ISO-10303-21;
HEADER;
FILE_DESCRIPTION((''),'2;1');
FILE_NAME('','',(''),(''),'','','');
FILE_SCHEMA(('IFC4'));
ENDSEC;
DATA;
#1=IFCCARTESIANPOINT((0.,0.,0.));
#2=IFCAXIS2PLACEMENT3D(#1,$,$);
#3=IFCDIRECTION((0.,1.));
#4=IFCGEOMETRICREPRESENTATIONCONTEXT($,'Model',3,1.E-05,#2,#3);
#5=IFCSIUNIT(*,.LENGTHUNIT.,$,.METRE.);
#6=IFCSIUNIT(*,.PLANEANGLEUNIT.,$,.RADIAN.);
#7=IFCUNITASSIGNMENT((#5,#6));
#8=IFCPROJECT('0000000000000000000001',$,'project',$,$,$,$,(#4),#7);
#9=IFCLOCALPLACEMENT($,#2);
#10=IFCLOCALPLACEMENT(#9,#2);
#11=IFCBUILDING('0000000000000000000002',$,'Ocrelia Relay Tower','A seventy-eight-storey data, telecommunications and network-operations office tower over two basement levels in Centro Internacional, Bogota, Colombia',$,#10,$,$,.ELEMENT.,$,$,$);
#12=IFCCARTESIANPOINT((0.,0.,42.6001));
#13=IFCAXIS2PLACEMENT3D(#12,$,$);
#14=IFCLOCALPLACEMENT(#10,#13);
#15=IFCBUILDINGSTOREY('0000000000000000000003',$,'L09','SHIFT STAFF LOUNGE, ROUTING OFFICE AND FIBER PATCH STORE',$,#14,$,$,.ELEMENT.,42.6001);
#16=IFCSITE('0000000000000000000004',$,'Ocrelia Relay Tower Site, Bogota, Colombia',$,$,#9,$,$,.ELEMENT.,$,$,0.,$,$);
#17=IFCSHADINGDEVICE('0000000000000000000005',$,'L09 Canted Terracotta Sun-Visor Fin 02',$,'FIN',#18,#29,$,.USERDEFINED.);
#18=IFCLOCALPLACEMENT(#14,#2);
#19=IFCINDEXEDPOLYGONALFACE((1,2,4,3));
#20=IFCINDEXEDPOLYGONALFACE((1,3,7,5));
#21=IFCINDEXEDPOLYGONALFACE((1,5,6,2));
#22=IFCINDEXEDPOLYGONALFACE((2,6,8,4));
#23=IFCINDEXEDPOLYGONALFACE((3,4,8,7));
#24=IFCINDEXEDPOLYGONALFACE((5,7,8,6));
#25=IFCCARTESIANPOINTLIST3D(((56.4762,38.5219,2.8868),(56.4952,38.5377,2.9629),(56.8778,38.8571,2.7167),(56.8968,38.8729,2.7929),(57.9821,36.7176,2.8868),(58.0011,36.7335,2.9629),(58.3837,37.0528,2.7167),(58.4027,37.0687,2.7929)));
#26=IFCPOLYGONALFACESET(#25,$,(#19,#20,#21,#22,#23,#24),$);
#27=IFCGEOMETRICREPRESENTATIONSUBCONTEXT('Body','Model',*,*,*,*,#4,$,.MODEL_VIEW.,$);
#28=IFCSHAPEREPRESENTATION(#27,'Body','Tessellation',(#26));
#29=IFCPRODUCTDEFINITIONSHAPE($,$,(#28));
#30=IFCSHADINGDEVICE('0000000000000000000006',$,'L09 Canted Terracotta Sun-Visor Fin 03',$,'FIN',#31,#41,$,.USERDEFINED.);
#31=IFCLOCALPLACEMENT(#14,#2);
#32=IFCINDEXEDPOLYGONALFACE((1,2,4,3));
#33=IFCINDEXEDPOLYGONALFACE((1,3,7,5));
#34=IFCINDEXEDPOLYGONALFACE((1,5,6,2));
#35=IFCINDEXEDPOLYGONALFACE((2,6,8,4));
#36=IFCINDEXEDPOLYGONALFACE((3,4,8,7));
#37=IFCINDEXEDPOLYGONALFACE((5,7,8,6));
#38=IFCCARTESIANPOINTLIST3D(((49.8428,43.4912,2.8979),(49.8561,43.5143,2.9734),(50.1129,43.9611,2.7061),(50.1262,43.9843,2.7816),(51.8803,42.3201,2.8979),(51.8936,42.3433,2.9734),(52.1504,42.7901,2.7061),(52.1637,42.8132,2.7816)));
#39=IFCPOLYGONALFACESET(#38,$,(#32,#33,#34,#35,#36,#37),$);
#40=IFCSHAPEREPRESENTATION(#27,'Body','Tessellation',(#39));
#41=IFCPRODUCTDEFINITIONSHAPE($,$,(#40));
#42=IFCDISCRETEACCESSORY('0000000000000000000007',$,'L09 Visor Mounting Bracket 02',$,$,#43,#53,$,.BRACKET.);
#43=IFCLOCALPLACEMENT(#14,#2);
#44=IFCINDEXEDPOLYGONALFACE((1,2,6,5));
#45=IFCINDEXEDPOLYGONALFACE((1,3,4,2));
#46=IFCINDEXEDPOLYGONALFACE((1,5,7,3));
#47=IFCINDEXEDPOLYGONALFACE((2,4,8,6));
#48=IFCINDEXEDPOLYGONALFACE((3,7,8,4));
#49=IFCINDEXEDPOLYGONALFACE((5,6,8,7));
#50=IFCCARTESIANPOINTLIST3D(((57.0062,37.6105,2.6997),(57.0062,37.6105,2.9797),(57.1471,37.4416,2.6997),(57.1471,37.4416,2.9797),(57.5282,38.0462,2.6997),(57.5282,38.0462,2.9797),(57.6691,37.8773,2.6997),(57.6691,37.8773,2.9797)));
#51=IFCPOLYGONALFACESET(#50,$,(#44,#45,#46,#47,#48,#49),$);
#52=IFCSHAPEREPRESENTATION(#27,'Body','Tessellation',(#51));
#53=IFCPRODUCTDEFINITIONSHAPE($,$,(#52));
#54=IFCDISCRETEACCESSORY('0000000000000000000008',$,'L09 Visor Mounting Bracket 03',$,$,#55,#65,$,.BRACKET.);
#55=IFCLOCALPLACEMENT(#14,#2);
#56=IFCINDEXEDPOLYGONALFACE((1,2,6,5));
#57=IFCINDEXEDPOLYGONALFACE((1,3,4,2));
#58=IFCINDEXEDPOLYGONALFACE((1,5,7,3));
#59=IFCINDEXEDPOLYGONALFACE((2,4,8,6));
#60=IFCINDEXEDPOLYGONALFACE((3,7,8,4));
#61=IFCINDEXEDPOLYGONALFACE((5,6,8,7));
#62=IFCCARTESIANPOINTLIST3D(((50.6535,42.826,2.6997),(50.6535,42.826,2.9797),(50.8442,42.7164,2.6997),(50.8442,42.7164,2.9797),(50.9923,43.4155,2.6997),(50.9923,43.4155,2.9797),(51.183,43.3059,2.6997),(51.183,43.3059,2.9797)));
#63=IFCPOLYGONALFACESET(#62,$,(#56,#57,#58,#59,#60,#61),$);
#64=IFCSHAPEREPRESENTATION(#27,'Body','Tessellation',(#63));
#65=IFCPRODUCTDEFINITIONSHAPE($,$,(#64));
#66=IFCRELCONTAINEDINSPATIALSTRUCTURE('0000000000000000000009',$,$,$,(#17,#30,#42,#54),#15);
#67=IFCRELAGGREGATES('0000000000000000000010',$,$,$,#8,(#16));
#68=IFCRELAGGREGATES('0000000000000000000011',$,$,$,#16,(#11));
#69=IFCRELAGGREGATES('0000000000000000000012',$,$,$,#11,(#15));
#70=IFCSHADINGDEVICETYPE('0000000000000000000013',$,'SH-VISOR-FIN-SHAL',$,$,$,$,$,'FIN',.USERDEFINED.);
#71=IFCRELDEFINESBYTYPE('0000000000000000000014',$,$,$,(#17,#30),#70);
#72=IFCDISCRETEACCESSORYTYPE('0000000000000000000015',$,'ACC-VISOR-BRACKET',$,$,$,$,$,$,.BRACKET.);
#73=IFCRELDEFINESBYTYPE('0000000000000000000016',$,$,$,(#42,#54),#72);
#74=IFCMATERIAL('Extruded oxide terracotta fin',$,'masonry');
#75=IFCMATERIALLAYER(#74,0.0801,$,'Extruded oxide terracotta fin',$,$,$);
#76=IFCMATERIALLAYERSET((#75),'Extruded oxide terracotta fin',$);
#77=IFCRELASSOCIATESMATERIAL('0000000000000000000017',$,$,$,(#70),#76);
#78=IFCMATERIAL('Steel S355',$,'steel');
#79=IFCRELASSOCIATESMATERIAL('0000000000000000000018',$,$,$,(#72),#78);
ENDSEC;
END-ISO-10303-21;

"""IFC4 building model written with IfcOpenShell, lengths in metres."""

from ifc_helpers import new_model, si_unit, direction, frame, origin, origin_2d, place, context, subcontext, project, spatial, rectangle, extrude, material, layer, layer_set, type_object, element, save


model = new_model("IFC4")

# Units and contexts
model_context = context("Model", 3, precision=1e-05, world=origin(), true_north=direction((0.0, 1.0)))
body_context = subcontext(model_context, "Body", "Model", "MODEL_VIEW")
ifc_project = project(units=[si_unit("LENGTHUNIT", "METRE"), si_unit("PLANEANGLEUNIT", "RADIAN")], contexts=[model_context])

# Site, building, storey
site_placement = place(None, origin())
site = spatial("IfcSite", under=ifc_project, at=site_placement, Name="Ocrelia Relay Tower Site, Bogota, Colombia", CompositionType="ELEMENT", RefElevation=0.0)
building_placement = place(site_placement, origin())
building = spatial("IfcBuilding", under=site, at=building_placement, Name="Ocrelia Relay Tower", Description="A seventy-eight-storey data, telecommunications and network-operations office tower over two basement levels in Centro Internacional, Bogota, Colombia", CompositionType="ELEMENT")
storey_placement = place(building_placement, frame((0.0, 0.0, 42.6001)))
storey = spatial("IfcBuildingStorey", under=building, at=storey_placement, Name="L09", Description="SHIFT STAFF LOUNGE, ROUTING OFFICE AND FIBER PATCH STORE", CompositionType="ELEMENT", Elevation=42.6001)

# Shared definitions
ifc_material_1 = material(Name="Steel S355", Category="steel")

# Shading devices
ifc_material_2 = material(Name="Extruded oxide terracotta fin", Category="masonry")
ifc_layer_1 = layer(ifc_material_2, 0.0801, Name="Extruded oxide terracotta fin")
ifc_layer_set_1 = layer_set([ifc_layer_1], Name="Extruded oxide terracotta fin")
shading_device_type_1 = type_object("IfcShadingDeviceType", Name="SH-VISOR-FIN-SHAL", ElementType="FIN", PredefinedType="USERDEFINED", material=ifc_layer_set_1)
shading_device_1_placement = place(storey_placement, frame((57.4299, 37.7874, 2.8018), z_axis=(0.237369, 0.198116, 0.951003), x_axis=(-0.640773, 0.767731, 0.0)))
element("IfcShadingDevice", 1, at=shading_device_1_placement, inside=storey, type_object=shading_device_type_1, Name="L09 Canted Terracotta Sun-Visor Fin 02", ObjectType="FIN", PredefinedType="USERDEFINED", context=body_context, shape_type="SweptSolid", body=[
    extrude(rectangle(XDim=2.3501, YDim=0.55, at=origin_2d()), origin(), (0.0, 0.0, 1.0), 0.0801),
])
shading_device_2_placement = place(storey_placement, frame((50.9966, 43.1406, 2.802), z_axis=(0.166172, 0.289127, 0.942758), x_axis=(-0.867004, 0.4983, 0.0)))
element("IfcShadingDevice", 2, at=shading_device_2_placement, inside=storey, type_object=shading_device_type_1, Name="L09 Canted Terracotta Sun-Visor Fin 03", ObjectType="FIN", PredefinedType="USERDEFINED", context=body_context, shape_type="SweptSolid", body=[
    extrude(rectangle(XDim=2.3501, YDim=0.575, at=origin_2d()), origin(), (0.0, 0.0, 1.0), 0.0801),
])

# Discrete accessories
discrete_accessory_type = type_object("IfcDiscreteAccessoryType", Name="ACC-VISOR-BRACKET", PredefinedType="BRACKET", material=ifc_material_1)
for number, where, z_axis, x_axis, name in (
    (3, (57.3376, 37.7439, 2.6997), (0.0, 0.0, 1.0), (-0.640773, 0.767731, 0.0), "L09 Visor Mounting Bracket 02"),
    (4, (50.9182, 43.0659, 2.6997), (0.0, 0.0, 1.0), (-0.867004, 0.4983, 0.0), "L09 Visor Mounting Bracket 03"),
):
    element("IfcDiscreteAccessory", number, at=place(storey_placement, frame(where, z_axis=z_axis, x_axis=x_axis)), inside=storey, type_object=discrete_accessory_type, Name=name, PredefinedType="BRACKET", context=body_context, shape_type="SweptSolid", body=[
        extrude(rectangle(XDim=0.22, YDim=0.6799, at=origin_2d()), origin(), (0.0, 0.0, 1.0), 0.28),
    ])

save(model, "model.ifc")
